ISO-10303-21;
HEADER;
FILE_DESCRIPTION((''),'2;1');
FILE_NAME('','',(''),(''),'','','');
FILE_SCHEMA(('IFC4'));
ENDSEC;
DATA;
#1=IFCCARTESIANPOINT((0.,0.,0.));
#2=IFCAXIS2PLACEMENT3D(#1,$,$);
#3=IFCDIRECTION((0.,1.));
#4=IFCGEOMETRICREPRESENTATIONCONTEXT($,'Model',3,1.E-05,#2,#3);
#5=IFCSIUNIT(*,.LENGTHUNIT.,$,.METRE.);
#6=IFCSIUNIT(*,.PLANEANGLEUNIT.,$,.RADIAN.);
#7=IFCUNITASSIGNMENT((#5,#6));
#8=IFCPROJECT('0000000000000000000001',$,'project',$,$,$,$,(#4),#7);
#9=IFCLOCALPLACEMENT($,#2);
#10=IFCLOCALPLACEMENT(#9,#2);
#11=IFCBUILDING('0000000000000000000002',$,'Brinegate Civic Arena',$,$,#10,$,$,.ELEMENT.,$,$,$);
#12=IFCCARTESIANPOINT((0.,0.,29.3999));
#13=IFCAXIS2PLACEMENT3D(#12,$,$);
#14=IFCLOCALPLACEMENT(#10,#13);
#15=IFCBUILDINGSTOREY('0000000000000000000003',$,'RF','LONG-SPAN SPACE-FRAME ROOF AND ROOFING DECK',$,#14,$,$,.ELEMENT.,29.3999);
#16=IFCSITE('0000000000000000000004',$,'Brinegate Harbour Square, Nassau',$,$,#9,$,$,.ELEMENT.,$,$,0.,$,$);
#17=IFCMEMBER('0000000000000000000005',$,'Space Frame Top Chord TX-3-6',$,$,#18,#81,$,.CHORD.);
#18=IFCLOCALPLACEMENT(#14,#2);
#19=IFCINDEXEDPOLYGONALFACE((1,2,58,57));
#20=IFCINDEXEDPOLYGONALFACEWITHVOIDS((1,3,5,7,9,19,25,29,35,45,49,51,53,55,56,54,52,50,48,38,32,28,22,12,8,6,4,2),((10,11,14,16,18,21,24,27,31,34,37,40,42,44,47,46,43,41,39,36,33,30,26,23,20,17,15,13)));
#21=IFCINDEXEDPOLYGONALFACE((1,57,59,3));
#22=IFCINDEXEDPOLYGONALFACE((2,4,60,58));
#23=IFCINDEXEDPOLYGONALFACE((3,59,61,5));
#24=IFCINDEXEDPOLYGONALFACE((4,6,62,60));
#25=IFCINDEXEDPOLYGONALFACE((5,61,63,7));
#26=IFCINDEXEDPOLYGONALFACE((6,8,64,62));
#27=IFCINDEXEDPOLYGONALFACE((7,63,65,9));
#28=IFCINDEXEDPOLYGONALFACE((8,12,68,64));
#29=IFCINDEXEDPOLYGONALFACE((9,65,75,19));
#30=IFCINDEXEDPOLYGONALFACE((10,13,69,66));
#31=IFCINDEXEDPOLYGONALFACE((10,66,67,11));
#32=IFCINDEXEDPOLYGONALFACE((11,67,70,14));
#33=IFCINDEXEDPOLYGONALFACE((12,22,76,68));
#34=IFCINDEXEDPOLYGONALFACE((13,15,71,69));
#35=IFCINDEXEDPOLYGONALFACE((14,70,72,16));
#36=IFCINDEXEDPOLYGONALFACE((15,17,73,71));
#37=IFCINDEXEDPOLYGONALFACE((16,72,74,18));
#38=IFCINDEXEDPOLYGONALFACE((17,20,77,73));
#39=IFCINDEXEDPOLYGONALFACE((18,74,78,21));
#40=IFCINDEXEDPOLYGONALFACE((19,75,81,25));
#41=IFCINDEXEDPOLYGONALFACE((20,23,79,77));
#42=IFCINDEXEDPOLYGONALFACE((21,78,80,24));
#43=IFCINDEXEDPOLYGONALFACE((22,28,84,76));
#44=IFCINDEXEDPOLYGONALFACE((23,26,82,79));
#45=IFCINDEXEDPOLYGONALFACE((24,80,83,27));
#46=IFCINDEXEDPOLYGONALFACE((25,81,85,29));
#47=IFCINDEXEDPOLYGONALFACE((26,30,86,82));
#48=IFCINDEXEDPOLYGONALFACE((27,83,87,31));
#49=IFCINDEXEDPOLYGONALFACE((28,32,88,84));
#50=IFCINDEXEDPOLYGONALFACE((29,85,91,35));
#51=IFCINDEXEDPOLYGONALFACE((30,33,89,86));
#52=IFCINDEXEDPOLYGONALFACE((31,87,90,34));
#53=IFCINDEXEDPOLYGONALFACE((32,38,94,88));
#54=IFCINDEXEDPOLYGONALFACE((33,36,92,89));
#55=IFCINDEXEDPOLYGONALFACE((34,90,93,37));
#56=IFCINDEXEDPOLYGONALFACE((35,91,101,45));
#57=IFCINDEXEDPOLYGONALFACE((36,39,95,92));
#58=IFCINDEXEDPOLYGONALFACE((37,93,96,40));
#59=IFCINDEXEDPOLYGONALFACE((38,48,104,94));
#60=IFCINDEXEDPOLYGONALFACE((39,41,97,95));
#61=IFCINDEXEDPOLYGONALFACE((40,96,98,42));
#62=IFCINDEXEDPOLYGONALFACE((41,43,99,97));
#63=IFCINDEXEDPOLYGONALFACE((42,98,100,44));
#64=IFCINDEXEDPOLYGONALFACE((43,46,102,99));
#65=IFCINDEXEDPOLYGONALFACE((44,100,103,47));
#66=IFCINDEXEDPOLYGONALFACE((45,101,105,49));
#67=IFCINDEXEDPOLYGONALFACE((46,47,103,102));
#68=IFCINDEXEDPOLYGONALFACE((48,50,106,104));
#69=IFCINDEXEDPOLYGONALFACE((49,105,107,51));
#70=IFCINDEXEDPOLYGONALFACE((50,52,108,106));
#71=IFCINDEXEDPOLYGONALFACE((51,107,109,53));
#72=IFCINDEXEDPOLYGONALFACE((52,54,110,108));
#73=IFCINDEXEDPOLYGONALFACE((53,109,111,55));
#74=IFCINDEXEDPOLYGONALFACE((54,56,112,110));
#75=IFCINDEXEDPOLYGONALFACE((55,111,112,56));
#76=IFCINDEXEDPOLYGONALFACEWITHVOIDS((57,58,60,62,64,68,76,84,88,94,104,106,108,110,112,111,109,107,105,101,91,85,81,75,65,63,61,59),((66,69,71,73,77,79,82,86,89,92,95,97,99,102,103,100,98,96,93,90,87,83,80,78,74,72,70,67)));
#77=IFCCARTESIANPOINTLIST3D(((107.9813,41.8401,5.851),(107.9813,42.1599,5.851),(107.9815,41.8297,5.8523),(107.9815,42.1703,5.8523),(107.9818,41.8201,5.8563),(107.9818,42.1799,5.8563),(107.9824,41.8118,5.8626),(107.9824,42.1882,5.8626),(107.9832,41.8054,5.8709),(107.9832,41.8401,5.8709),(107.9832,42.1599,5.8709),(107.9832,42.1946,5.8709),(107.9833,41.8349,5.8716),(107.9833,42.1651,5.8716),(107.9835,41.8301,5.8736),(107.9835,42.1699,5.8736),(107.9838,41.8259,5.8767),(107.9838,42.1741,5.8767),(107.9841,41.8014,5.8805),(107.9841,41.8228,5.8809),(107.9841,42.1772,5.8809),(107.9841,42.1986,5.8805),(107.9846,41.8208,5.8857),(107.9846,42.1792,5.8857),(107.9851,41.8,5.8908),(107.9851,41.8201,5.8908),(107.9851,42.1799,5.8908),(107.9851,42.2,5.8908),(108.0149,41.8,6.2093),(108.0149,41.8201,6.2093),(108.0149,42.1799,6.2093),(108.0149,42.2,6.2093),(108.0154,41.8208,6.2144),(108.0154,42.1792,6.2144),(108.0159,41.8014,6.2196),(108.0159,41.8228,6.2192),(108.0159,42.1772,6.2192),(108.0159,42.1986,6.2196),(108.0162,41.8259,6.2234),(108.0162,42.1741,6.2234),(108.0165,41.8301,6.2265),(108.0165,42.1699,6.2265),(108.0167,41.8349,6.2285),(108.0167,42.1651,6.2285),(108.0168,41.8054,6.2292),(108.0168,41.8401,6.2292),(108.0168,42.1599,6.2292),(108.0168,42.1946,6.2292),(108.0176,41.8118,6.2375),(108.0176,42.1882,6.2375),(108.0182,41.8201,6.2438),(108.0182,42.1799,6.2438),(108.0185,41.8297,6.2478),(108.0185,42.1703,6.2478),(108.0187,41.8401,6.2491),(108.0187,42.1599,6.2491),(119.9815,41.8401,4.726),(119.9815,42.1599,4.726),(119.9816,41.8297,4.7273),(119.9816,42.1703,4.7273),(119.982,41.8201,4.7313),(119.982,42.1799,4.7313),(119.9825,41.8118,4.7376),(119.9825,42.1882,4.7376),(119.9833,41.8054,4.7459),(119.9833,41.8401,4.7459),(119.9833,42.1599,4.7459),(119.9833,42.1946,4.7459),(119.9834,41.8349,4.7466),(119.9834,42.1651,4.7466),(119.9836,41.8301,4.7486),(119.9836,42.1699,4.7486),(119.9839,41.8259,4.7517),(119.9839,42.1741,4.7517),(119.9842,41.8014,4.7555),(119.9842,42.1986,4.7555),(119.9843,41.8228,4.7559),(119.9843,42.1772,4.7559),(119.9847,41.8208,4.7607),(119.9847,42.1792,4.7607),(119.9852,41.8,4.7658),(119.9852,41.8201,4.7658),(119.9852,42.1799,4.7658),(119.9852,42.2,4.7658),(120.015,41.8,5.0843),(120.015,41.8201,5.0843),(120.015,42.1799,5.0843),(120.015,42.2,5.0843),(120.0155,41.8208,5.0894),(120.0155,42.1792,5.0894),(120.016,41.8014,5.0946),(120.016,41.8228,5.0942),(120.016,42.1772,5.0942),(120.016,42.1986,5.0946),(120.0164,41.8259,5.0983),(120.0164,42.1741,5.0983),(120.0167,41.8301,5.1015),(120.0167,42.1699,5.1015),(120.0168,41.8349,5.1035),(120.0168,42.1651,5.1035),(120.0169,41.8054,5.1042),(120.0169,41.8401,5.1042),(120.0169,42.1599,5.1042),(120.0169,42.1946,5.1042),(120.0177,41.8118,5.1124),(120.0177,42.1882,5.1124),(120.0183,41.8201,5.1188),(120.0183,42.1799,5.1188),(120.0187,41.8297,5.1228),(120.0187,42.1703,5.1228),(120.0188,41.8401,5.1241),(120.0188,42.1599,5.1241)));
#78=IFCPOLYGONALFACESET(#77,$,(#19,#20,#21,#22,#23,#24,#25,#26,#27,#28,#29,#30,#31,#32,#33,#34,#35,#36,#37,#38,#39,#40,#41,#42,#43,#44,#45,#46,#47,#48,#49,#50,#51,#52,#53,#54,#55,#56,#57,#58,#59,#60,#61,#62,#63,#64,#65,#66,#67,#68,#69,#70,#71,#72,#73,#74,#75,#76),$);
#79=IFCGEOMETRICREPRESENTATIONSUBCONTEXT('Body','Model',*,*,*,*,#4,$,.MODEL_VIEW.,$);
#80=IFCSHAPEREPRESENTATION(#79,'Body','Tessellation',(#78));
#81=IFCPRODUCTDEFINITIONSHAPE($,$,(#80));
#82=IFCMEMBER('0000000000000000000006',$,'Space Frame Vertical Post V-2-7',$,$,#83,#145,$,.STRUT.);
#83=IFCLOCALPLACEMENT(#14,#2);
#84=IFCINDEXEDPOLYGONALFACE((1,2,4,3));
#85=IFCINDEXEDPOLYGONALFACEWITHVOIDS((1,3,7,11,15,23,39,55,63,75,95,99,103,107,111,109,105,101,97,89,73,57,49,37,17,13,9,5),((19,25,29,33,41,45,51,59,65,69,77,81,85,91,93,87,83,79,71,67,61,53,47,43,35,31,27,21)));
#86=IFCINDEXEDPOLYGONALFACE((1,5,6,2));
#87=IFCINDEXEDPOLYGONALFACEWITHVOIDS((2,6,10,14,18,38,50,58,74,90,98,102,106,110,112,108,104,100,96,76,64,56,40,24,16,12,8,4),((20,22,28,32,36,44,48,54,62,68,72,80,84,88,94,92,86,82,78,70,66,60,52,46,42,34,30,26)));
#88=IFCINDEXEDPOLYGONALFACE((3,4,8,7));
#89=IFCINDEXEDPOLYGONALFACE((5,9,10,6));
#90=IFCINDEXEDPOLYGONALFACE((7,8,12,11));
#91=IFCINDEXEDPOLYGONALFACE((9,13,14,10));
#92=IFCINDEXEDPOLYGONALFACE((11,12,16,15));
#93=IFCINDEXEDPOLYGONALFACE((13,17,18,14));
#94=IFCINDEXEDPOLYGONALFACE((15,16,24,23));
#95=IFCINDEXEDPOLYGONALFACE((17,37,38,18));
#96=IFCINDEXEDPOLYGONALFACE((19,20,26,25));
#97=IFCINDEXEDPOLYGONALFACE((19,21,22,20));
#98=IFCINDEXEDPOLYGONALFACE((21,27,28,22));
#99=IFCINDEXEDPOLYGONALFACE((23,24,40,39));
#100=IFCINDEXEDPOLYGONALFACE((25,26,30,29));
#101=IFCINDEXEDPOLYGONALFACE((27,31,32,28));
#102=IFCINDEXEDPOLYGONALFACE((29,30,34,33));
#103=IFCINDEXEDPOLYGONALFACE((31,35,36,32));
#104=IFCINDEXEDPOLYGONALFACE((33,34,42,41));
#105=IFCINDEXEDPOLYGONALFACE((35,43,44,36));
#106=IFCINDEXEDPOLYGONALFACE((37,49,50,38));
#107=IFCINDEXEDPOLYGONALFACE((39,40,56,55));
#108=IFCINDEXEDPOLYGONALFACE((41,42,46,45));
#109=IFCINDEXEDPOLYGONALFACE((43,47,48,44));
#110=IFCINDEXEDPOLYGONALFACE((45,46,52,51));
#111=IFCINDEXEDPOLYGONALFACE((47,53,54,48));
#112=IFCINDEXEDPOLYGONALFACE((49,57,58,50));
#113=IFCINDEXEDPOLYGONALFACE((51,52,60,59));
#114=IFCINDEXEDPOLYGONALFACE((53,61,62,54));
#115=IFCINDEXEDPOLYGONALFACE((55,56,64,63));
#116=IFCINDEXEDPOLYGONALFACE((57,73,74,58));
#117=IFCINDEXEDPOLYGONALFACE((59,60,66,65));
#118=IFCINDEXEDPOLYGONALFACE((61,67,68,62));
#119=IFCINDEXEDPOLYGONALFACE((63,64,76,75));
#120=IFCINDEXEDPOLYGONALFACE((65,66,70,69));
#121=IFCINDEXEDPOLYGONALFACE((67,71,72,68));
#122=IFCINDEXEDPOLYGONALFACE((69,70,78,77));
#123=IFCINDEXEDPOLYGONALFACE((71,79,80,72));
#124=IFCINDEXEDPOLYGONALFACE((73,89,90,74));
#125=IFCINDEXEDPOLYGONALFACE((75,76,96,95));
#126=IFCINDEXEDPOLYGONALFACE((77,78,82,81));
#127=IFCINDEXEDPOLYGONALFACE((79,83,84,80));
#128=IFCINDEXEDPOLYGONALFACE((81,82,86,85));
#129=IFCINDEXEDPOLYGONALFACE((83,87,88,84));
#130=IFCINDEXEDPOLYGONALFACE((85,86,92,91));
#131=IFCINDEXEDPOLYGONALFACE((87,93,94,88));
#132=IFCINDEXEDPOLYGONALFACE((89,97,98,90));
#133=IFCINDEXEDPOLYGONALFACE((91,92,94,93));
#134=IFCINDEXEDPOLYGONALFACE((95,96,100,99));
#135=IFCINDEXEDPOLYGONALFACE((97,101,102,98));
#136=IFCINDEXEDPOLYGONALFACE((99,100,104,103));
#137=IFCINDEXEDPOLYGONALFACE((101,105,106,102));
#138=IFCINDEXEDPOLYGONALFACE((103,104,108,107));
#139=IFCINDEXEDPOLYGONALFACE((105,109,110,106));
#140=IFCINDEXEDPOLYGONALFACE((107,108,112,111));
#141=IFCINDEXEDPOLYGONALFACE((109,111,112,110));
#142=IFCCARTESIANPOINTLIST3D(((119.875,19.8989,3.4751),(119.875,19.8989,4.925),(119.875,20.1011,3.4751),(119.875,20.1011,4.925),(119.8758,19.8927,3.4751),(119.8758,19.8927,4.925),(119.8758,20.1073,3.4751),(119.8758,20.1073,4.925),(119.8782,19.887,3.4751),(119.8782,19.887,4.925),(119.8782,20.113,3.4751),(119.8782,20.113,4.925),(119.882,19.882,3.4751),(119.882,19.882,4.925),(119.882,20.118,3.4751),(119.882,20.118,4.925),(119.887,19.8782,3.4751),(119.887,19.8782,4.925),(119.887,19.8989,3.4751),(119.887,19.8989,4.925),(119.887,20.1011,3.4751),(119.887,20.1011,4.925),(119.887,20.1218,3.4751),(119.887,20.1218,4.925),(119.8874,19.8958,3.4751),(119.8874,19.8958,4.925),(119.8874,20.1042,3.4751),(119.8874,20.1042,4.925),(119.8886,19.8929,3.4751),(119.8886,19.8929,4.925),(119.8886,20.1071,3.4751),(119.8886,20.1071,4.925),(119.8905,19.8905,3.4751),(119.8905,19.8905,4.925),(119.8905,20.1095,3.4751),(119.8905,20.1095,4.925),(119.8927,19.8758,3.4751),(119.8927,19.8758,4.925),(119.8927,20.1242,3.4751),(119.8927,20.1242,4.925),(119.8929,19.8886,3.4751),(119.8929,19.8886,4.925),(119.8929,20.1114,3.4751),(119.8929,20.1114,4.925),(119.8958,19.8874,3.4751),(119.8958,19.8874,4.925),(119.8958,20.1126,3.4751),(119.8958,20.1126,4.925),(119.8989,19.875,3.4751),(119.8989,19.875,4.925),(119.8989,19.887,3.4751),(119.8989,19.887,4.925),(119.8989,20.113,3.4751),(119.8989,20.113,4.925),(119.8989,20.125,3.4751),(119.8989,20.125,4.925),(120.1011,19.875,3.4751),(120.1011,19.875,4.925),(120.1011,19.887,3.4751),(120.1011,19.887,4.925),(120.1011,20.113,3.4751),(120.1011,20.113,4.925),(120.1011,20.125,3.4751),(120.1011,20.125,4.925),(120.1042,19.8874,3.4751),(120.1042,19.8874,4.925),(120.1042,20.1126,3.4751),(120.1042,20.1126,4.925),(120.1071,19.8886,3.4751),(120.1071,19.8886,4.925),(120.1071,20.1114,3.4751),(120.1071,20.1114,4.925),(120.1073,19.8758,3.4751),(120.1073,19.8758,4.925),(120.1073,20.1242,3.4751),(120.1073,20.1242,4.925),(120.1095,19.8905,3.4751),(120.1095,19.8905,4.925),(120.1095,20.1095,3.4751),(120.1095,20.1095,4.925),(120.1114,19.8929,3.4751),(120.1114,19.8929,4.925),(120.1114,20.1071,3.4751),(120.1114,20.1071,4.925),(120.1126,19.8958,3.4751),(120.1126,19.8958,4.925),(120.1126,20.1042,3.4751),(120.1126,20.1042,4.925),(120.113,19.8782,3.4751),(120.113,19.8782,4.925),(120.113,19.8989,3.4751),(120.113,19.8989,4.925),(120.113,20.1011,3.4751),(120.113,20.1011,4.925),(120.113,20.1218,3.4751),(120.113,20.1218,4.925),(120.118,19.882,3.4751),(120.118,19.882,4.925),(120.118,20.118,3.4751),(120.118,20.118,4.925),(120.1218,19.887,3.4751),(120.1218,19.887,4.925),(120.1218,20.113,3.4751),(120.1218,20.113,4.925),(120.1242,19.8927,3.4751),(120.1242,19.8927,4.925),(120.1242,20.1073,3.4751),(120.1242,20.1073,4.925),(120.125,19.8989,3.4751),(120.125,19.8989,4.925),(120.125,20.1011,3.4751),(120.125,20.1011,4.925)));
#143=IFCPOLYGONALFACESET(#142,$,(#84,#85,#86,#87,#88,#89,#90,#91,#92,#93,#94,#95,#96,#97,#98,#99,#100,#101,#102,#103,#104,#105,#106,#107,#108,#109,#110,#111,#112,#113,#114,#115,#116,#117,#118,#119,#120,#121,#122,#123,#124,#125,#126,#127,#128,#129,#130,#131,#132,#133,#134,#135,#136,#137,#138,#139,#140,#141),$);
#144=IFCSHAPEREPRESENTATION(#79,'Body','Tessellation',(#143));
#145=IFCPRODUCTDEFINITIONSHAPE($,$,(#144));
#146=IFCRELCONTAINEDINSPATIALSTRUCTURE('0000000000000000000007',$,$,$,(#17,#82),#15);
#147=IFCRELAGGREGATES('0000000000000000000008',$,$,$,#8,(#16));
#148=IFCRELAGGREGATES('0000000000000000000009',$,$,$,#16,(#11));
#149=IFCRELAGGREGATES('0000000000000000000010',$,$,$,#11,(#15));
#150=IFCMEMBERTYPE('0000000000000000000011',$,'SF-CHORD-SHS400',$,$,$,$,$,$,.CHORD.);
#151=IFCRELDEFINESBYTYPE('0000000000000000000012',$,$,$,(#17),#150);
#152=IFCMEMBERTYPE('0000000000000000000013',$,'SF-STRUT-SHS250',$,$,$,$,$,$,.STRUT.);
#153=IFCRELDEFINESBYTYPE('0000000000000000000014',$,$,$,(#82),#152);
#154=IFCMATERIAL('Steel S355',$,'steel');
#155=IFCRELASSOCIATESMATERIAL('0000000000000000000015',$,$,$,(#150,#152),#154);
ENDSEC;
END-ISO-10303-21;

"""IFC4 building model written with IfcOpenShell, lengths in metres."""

from ifc_helpers import new_model, si_unit, direction, frame, origin, origin_2d, place, context, subcontext, project, spatial, hollow_rectangle, extrude, material, material_profile, profile_set, type_object, element, save


model = new_model("IFC4")

# Units and contexts
model_context = context("Model", 3, precision=1e-05, world=origin(), true_north=direction((0.0, 1.0)))
body_context = subcontext(model_context, "Body", "Model", "MODEL_VIEW")
ifc_project = project(units=[si_unit("LENGTHUNIT", "METRE"), si_unit("PLANEANGLEUNIT", "RADIAN")], contexts=[model_context])

# Site, building, storey
site_placement = place(None, origin())
site = spatial("IfcSite", under=ifc_project, at=site_placement, Name="Brinegate Harbour Square, Nassau", CompositionType="ELEMENT", RefElevation=0.0)
building_placement = place(site_placement, origin())
building = spatial("IfcBuilding", under=site, at=building_placement, Name="Brinegate Civic Arena", CompositionType="ELEMENT")
storey_placement = place(building_placement, frame((0.0, 0.0, 29.3999)))
storey = spatial("IfcBuildingStorey", under=building, at=storey_placement, Name="RF", Description="LONG-SPAN SPACE-FRAME ROOF AND ROOFING DECK", CompositionType="ELEMENT", Elevation=29.3999)

# Members
ifc_material = material(Name="Steel S355", Category="steel")
ifc_material_profile_1 = material_profile(ifc_material, hollow_rectangle(XDim=0.3999, YDim=0.3999, WallThickness=0.02, InnerFilletRadius=0.02, OuterFilletRadius=0.04, at=origin_2d()), Name="SHS400X20")
ifc_profile_set_1 = profile_set([ifc_material_profile_1], Name="Steel S355")
member_type_1 = type_object("IfcMemberType", Name="SF-CHORD-SHS400", PredefinedType="CHORD", material=ifc_profile_set_1)
for number, where, z_axis, x_axis, name in (
    (1, (108.0, 42.0, 6.05), (0.995634, 0.0, -0.093341), (0.0, 1.0, 0.0), "Space Frame Top Chord TX-3-6"),
):
    element("IfcMember", number, at=place(storey_placement, frame(where, z_axis=z_axis, x_axis=x_axis)), inside=storey, type_object=member_type_1, Name=name, PredefinedType="CHORD", context=body_context, shape_type="SweptSolid", body=[
        extrude(hollow_rectangle(XDim=0.3999, YDim=0.3999, WallThickness=0.02, InnerFilletRadius=0.02, OuterFilletRadius=0.04, at=origin_2d()), origin(), (0.0, 0.0, 1.0), 12.0527),
    ])
ifc_material_profile_2 = material_profile(ifc_material, hollow_rectangle(XDim=0.25, YDim=0.25, WallThickness=0.012, InnerFilletRadius=0.012, OuterFilletRadius=0.0239, at=origin_2d()), Name="SHS250X12")
ifc_profile_set_2 = profile_set([ifc_material_profile_2], Name="Steel S355")
member_type_2 = type_object("IfcMemberType", Name="SF-STRUT-SHS250", PredefinedType="STRUT", material=ifc_profile_set_2)
for number, where, z_axis, x_axis, name in (
    (2, (120.0, 20.0, 3.4751), (0.0, 0.0, 1.0), (1.0, 0.0, 0.0), "Space Frame Vertical Post V-2-7"),
):
    element("IfcMember", number, at=place(storey_placement, frame(where, z_axis=z_axis, x_axis=x_axis)), inside=storey, type_object=member_type_2, Name=name, PredefinedType="STRUT", context=body_context, shape_type="SweptSolid", body=[
        extrude(hollow_rectangle(XDim=0.25, YDim=0.25, WallThickness=0.012, InnerFilletRadius=0.012, OuterFilletRadius=0.0239, at=origin_2d()), origin(), (0.0, 0.0, 1.0), 1.45),
    ])

save(model, "model.ifc")
